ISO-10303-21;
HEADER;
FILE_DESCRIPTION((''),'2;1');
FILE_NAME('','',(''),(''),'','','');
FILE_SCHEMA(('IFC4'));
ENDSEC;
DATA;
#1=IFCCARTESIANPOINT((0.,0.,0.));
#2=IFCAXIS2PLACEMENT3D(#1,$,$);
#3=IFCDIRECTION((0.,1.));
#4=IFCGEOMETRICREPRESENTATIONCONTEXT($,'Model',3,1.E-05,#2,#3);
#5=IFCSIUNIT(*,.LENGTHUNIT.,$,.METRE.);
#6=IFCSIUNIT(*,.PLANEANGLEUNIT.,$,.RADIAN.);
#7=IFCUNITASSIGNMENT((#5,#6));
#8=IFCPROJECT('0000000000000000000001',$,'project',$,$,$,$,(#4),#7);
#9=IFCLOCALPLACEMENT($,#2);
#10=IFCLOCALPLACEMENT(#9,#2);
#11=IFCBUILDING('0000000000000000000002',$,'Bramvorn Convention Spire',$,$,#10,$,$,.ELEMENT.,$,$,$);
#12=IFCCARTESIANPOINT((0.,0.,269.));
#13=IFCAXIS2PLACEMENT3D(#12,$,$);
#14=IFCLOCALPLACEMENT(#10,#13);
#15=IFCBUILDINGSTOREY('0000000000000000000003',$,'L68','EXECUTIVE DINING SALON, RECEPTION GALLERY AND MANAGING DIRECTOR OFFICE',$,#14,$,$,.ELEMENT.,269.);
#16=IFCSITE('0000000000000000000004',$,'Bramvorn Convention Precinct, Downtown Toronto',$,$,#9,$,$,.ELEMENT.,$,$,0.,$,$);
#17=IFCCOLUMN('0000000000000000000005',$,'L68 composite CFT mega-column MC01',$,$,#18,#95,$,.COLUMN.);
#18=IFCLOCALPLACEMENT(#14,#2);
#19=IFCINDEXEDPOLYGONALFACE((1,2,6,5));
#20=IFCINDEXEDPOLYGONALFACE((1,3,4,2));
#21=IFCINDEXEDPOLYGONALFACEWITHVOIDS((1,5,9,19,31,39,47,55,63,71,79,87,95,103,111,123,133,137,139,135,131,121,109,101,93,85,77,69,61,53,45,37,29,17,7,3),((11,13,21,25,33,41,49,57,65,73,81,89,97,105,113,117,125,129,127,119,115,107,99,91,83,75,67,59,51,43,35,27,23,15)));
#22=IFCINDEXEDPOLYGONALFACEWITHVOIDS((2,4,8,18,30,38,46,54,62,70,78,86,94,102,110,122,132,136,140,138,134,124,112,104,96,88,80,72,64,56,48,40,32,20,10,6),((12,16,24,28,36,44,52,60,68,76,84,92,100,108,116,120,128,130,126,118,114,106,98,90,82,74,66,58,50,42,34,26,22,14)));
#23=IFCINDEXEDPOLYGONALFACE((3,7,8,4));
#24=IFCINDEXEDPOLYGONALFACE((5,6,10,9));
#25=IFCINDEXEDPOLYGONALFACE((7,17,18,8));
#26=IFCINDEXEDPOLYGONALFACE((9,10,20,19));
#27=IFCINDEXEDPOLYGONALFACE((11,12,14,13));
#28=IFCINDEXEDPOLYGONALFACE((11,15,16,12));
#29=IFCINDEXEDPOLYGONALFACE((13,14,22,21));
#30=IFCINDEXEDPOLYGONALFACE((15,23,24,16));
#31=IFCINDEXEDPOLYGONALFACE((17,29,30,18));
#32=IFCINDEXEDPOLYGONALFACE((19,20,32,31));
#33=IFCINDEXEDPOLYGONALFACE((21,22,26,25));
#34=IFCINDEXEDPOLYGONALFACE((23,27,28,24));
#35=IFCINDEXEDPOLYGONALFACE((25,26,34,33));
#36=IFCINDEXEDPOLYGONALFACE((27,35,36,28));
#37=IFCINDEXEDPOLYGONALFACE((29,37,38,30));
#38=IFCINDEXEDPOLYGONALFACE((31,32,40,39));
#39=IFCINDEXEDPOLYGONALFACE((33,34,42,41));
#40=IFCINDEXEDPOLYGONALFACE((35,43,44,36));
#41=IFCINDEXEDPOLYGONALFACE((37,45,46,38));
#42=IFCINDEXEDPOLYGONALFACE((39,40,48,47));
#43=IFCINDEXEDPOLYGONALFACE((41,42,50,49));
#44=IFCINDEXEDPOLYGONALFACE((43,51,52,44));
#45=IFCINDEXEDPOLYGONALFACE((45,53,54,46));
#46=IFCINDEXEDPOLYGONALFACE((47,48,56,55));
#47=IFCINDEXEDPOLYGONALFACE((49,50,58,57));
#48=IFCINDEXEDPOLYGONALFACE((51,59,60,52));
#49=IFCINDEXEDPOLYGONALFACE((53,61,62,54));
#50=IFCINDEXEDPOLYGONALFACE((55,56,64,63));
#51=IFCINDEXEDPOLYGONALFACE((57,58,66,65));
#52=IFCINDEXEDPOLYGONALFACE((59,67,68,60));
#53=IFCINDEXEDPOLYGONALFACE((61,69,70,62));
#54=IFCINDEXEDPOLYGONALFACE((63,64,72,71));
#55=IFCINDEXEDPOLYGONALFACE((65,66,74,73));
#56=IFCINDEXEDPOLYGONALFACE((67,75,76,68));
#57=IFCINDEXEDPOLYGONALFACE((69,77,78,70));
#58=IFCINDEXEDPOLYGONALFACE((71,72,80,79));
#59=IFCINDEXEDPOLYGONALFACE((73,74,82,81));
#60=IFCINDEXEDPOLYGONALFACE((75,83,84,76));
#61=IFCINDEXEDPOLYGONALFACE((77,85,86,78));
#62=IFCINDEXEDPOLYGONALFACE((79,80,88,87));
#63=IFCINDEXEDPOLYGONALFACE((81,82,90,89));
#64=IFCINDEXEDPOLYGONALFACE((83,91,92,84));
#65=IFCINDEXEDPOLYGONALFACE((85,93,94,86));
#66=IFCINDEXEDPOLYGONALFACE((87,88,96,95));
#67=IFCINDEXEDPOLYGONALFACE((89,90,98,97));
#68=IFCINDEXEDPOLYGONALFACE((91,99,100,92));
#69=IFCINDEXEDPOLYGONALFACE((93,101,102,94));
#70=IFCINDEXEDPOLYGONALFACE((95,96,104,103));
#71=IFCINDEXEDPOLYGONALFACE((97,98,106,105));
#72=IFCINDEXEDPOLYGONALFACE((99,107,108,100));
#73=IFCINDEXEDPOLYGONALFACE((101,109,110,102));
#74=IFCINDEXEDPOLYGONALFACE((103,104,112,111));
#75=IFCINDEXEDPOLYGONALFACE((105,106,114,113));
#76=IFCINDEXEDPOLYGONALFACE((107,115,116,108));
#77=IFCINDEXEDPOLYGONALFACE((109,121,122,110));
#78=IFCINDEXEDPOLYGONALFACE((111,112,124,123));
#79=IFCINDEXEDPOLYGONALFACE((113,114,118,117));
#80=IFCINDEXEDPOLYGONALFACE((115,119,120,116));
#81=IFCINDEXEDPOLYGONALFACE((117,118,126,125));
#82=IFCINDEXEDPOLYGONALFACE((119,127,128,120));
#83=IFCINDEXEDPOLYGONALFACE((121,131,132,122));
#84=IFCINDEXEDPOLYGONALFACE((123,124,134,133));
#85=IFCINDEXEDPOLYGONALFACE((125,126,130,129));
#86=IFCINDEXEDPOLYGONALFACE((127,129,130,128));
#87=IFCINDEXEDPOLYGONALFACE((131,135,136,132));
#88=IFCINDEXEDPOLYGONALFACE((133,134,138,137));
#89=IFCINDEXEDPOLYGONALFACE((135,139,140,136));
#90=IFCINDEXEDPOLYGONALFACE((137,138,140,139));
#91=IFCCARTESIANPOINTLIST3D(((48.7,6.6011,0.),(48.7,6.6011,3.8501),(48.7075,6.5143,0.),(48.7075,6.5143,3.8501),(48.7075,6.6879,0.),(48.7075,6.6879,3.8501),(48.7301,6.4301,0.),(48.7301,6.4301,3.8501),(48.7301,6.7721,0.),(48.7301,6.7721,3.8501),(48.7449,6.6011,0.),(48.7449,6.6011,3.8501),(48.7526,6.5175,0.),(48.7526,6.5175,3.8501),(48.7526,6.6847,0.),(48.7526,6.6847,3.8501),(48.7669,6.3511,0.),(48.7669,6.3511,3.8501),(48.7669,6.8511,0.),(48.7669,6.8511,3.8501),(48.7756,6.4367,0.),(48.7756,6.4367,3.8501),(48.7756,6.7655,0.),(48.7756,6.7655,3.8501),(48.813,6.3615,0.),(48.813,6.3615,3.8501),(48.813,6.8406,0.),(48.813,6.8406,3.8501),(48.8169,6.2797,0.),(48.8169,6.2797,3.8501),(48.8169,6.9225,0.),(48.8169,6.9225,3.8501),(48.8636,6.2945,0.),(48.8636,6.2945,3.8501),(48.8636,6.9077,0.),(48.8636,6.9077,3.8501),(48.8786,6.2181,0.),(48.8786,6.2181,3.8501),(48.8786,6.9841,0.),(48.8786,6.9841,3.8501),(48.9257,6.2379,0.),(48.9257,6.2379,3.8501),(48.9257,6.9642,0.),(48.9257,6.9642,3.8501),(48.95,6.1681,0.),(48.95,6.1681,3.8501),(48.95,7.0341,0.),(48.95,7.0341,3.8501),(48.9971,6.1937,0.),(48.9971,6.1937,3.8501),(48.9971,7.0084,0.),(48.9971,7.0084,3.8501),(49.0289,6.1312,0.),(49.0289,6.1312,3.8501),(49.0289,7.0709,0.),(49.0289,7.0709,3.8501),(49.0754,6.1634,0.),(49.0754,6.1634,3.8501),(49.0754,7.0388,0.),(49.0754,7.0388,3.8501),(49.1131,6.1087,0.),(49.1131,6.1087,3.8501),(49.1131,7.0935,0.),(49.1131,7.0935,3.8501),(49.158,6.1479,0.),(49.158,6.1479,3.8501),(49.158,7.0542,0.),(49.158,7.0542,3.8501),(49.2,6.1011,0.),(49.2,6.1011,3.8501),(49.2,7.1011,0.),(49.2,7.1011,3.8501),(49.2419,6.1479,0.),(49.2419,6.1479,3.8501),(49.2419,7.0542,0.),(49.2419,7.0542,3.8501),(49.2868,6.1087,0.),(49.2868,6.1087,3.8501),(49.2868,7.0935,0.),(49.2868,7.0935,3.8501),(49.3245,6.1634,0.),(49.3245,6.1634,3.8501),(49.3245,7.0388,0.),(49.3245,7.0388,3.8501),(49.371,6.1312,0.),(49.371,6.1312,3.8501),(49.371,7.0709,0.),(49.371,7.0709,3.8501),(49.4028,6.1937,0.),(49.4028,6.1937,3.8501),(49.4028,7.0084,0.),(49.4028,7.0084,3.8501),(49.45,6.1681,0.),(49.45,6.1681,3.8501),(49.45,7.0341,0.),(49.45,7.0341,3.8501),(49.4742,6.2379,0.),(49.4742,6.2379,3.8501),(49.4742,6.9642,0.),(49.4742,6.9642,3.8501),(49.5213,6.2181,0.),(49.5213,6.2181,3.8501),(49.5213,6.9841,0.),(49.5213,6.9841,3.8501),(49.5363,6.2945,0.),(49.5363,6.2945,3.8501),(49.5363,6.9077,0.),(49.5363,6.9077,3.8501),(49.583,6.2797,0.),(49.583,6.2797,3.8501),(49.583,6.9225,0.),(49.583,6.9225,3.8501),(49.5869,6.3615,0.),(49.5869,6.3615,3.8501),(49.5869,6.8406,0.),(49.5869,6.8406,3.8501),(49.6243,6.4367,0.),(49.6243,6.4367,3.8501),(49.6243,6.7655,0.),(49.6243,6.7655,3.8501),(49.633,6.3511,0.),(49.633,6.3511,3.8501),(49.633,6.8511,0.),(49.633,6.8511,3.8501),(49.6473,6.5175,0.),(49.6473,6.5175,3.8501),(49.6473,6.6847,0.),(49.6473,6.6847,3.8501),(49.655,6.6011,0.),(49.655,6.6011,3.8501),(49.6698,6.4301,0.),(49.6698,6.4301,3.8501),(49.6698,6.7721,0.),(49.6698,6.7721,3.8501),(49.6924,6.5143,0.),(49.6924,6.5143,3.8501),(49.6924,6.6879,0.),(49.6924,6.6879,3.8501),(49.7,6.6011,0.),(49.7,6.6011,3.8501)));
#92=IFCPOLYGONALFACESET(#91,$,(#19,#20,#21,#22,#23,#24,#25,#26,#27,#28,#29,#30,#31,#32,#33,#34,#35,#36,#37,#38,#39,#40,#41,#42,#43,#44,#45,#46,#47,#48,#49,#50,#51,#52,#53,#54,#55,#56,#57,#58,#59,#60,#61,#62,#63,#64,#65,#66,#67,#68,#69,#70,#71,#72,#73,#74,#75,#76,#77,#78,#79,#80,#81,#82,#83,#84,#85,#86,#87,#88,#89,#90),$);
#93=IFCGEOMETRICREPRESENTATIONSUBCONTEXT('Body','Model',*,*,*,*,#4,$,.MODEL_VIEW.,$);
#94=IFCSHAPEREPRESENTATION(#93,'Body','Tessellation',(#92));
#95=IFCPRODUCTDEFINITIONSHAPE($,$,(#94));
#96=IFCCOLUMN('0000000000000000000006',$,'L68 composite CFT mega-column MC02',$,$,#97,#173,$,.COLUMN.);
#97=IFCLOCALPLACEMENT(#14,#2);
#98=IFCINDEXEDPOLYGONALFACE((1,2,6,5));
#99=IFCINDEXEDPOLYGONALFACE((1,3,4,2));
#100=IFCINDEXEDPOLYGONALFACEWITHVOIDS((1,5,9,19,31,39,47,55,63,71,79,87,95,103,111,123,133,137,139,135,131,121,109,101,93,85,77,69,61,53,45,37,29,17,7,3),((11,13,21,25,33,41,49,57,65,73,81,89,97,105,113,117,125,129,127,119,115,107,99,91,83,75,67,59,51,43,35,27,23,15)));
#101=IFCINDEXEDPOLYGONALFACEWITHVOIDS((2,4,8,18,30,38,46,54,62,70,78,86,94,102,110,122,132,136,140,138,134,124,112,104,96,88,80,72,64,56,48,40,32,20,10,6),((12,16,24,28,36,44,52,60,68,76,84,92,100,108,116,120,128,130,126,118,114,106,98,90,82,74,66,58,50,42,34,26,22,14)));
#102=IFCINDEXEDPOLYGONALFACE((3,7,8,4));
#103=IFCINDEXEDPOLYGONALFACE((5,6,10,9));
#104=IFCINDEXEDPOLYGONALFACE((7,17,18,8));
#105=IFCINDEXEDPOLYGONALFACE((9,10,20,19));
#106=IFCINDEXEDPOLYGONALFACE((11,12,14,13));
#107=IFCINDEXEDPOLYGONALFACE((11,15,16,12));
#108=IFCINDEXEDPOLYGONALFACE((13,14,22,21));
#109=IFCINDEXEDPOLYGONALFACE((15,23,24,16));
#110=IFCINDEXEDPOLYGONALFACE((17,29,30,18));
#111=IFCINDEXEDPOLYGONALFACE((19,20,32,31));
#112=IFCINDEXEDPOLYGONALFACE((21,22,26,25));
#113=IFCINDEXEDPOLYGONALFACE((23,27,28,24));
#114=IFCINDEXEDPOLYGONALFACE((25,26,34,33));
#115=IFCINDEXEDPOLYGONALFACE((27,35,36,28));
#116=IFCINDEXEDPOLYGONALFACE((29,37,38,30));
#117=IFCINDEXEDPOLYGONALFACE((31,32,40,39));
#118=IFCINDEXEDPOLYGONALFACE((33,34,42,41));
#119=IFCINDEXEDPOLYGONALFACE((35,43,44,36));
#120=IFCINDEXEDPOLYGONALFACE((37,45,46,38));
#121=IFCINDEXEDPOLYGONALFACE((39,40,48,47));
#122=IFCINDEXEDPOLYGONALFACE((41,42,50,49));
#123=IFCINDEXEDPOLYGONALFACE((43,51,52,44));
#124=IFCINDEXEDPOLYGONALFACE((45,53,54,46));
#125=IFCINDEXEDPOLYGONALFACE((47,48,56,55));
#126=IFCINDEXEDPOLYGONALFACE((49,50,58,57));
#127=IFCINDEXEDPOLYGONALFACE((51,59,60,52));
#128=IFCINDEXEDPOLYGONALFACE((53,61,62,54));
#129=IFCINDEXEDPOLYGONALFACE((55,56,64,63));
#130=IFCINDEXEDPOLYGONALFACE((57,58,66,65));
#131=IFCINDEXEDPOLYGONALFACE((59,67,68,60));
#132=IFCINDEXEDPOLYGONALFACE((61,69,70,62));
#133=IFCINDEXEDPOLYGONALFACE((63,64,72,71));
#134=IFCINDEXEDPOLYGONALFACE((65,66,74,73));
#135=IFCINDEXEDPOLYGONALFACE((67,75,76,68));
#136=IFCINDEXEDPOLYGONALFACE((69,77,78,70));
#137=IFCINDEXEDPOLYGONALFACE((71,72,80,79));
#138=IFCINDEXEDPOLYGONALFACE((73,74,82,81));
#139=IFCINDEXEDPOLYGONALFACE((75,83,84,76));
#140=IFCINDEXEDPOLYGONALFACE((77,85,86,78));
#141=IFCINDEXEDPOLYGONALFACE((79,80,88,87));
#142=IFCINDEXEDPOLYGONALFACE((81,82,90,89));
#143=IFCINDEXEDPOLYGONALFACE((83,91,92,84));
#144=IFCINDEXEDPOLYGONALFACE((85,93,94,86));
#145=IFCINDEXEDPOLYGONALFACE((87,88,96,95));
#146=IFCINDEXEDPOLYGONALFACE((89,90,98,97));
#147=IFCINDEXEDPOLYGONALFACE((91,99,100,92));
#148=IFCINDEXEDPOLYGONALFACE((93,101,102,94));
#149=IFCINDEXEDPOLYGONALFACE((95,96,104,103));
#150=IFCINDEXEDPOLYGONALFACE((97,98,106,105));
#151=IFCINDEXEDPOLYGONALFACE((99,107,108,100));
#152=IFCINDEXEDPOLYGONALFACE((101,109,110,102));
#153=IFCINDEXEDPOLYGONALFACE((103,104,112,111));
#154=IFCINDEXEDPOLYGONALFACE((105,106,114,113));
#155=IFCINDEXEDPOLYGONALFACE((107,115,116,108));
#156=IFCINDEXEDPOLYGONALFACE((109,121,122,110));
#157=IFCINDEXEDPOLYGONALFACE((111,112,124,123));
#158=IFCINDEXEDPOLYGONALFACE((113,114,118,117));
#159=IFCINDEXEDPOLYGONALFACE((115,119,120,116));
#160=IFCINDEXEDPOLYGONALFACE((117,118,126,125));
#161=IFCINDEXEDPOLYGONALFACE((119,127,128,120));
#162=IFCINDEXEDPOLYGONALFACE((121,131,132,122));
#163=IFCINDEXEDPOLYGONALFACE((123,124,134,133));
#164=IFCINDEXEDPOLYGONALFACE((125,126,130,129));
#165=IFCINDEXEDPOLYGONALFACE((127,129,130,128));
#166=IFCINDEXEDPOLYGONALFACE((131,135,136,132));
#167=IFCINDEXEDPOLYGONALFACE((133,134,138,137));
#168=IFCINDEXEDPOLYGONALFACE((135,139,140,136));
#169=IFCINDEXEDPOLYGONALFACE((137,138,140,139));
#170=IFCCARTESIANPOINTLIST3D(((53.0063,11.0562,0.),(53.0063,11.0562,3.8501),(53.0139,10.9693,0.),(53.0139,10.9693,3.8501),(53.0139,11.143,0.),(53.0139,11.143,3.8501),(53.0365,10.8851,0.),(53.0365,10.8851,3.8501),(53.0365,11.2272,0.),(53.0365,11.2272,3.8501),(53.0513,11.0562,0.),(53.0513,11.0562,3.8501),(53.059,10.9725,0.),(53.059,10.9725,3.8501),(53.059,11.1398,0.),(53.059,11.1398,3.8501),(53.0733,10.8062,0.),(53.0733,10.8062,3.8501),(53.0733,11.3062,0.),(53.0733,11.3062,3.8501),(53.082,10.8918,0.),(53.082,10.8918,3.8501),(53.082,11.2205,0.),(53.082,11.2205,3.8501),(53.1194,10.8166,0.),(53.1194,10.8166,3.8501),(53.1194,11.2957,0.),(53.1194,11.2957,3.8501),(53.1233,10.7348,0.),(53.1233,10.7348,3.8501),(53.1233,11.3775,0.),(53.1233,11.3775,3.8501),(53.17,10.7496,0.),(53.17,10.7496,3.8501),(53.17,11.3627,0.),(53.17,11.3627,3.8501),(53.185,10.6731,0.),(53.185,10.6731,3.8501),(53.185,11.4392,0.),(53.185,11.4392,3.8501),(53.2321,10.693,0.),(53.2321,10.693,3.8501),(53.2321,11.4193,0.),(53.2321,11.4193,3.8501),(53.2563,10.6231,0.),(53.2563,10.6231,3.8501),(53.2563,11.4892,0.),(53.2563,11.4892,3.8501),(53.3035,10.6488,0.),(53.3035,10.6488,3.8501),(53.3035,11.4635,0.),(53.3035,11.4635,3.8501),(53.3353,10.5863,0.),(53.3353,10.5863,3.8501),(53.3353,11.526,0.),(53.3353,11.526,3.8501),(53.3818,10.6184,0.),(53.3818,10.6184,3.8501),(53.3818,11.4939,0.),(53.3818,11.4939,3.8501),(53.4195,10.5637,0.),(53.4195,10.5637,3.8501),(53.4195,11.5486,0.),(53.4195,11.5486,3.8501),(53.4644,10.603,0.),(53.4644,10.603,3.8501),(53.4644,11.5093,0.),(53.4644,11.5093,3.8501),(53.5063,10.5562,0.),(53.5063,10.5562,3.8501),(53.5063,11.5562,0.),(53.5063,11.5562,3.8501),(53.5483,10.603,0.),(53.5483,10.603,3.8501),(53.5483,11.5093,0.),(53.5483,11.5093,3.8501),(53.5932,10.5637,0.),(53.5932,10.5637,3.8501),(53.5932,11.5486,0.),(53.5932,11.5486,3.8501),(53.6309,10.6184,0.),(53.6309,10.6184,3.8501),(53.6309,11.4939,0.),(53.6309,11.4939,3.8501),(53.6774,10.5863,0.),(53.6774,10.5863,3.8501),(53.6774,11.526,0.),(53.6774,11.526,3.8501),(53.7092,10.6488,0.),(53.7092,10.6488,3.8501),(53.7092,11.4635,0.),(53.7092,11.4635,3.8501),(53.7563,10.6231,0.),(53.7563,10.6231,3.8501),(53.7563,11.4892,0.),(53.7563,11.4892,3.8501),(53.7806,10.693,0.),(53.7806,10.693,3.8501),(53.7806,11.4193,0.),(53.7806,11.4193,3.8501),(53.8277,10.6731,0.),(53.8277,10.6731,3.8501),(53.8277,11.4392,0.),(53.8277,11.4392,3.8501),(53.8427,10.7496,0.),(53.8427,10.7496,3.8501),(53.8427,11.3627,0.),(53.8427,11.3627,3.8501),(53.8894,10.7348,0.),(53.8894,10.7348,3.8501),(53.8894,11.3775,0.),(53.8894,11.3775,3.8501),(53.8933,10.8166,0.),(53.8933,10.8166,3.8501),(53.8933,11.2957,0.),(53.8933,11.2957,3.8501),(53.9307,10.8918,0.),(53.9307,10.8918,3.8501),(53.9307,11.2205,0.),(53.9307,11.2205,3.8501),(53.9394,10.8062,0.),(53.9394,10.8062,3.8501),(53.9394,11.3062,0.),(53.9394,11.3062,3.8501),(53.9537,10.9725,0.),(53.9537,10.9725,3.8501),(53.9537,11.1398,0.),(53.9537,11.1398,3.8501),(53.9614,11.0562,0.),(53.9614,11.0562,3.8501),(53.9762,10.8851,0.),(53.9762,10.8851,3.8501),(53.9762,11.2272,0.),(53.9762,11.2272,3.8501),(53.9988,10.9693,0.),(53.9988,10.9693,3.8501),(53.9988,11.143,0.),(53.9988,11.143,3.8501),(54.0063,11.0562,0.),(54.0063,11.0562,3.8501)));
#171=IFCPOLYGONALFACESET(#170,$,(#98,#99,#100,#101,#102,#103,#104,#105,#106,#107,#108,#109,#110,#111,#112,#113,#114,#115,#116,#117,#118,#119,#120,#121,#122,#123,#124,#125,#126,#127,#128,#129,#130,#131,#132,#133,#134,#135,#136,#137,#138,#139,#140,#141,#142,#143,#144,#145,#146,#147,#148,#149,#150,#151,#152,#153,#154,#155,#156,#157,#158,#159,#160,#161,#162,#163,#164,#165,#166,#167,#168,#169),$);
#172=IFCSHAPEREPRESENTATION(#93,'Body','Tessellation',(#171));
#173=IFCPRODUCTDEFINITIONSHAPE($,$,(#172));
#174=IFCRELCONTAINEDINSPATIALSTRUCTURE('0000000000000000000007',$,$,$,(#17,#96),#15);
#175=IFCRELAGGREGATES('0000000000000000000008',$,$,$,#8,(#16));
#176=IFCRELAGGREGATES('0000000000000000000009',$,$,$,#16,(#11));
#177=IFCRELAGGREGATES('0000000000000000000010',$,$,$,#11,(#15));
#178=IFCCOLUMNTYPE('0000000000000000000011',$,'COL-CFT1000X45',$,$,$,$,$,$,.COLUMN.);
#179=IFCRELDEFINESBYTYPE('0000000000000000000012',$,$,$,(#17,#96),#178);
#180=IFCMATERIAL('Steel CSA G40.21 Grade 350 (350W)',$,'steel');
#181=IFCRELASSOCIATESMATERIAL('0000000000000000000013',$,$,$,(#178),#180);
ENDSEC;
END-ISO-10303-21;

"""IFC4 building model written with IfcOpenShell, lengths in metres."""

from ifc_helpers import new_model, si_unit, direction, frame, origin, origin_2d, place, context, subcontext, project, spatial, hollow_circle, extrude, material, material_profile, profile_set, type_object, element, save


model = new_model("IFC4")

# Units and contexts
model_context = context("Model", 3, precision=1e-05, world=origin(), true_north=direction((0.0, 1.0)))
body_context = subcontext(model_context, "Body", "Model", "MODEL_VIEW")
ifc_project = project(units=[si_unit("LENGTHUNIT", "METRE"), si_unit("PLANEANGLEUNIT", "RADIAN")], contexts=[model_context])

# Site, building, storey
site_placement = place(None, origin())
site = spatial("IfcSite", under=ifc_project, at=site_placement, Name="Bramvorn Convention Precinct, Downtown Toronto", CompositionType="ELEMENT", RefElevation=0.0)
building_placement = place(site_placement, origin())
building = spatial("IfcBuilding", under=site, at=building_placement, Name="Bramvorn Convention Spire", CompositionType="ELEMENT")
storey_placement = place(building_placement, frame((0.0, 0.0, 269.0)))
storey = spatial("IfcBuildingStorey", under=building, at=storey_placement, Name="L68", Description="EXECUTIVE DINING SALON, RECEPTION GALLERY AND MANAGING DIRECTOR OFFICE", CompositionType="ELEMENT", Elevation=269.0)

# Columns
ifc_material_1 = material(Name="Steel CSA G40.21 Grade 350 (350W)", Category="steel")
ifc_material_profile_1 = material_profile(ifc_material_1, hollow_circle(Radius=0.5, WallThickness=0.0449, at=origin_2d()))
ifc_profile_set_1 = profile_set([ifc_material_profile_1], Name="Steel CSA G40.21 Grade 350 (350W) - CFT1000X45")
column_type = type_object("IfcColumnType", Name="COL-CFT1000X45", PredefinedType="COLUMN", material=ifc_profile_set_1)
for number, where, z_axis, x_axis, name in (
    (1, (49.2, 6.6011, 0.0), (0.0, 0.0, 1.0), (1.0, 0.0, 0.0), "L68 composite CFT mega-column MC01"),
    (2, (53.5063, 11.0562, 0.0), (0.0, 0.0, 1.0), (1.0, 0.0, 0.0), "L68 composite CFT mega-column MC02"),
):
    element("IfcColumn", number, at=place(storey_placement, frame(where, z_axis=z_axis, x_axis=x_axis)), inside=storey, type_object=column_type, Name=name, PredefinedType="COLUMN", context=body_context, shape_type="SweptSolid", body=[
        extrude(hollow_circle(Radius=0.5, WallThickness=0.0449, at=origin_2d()), origin(), (0.0, 0.0, 1.0), 3.8501),
    ])

save(model, "model.ifc")
